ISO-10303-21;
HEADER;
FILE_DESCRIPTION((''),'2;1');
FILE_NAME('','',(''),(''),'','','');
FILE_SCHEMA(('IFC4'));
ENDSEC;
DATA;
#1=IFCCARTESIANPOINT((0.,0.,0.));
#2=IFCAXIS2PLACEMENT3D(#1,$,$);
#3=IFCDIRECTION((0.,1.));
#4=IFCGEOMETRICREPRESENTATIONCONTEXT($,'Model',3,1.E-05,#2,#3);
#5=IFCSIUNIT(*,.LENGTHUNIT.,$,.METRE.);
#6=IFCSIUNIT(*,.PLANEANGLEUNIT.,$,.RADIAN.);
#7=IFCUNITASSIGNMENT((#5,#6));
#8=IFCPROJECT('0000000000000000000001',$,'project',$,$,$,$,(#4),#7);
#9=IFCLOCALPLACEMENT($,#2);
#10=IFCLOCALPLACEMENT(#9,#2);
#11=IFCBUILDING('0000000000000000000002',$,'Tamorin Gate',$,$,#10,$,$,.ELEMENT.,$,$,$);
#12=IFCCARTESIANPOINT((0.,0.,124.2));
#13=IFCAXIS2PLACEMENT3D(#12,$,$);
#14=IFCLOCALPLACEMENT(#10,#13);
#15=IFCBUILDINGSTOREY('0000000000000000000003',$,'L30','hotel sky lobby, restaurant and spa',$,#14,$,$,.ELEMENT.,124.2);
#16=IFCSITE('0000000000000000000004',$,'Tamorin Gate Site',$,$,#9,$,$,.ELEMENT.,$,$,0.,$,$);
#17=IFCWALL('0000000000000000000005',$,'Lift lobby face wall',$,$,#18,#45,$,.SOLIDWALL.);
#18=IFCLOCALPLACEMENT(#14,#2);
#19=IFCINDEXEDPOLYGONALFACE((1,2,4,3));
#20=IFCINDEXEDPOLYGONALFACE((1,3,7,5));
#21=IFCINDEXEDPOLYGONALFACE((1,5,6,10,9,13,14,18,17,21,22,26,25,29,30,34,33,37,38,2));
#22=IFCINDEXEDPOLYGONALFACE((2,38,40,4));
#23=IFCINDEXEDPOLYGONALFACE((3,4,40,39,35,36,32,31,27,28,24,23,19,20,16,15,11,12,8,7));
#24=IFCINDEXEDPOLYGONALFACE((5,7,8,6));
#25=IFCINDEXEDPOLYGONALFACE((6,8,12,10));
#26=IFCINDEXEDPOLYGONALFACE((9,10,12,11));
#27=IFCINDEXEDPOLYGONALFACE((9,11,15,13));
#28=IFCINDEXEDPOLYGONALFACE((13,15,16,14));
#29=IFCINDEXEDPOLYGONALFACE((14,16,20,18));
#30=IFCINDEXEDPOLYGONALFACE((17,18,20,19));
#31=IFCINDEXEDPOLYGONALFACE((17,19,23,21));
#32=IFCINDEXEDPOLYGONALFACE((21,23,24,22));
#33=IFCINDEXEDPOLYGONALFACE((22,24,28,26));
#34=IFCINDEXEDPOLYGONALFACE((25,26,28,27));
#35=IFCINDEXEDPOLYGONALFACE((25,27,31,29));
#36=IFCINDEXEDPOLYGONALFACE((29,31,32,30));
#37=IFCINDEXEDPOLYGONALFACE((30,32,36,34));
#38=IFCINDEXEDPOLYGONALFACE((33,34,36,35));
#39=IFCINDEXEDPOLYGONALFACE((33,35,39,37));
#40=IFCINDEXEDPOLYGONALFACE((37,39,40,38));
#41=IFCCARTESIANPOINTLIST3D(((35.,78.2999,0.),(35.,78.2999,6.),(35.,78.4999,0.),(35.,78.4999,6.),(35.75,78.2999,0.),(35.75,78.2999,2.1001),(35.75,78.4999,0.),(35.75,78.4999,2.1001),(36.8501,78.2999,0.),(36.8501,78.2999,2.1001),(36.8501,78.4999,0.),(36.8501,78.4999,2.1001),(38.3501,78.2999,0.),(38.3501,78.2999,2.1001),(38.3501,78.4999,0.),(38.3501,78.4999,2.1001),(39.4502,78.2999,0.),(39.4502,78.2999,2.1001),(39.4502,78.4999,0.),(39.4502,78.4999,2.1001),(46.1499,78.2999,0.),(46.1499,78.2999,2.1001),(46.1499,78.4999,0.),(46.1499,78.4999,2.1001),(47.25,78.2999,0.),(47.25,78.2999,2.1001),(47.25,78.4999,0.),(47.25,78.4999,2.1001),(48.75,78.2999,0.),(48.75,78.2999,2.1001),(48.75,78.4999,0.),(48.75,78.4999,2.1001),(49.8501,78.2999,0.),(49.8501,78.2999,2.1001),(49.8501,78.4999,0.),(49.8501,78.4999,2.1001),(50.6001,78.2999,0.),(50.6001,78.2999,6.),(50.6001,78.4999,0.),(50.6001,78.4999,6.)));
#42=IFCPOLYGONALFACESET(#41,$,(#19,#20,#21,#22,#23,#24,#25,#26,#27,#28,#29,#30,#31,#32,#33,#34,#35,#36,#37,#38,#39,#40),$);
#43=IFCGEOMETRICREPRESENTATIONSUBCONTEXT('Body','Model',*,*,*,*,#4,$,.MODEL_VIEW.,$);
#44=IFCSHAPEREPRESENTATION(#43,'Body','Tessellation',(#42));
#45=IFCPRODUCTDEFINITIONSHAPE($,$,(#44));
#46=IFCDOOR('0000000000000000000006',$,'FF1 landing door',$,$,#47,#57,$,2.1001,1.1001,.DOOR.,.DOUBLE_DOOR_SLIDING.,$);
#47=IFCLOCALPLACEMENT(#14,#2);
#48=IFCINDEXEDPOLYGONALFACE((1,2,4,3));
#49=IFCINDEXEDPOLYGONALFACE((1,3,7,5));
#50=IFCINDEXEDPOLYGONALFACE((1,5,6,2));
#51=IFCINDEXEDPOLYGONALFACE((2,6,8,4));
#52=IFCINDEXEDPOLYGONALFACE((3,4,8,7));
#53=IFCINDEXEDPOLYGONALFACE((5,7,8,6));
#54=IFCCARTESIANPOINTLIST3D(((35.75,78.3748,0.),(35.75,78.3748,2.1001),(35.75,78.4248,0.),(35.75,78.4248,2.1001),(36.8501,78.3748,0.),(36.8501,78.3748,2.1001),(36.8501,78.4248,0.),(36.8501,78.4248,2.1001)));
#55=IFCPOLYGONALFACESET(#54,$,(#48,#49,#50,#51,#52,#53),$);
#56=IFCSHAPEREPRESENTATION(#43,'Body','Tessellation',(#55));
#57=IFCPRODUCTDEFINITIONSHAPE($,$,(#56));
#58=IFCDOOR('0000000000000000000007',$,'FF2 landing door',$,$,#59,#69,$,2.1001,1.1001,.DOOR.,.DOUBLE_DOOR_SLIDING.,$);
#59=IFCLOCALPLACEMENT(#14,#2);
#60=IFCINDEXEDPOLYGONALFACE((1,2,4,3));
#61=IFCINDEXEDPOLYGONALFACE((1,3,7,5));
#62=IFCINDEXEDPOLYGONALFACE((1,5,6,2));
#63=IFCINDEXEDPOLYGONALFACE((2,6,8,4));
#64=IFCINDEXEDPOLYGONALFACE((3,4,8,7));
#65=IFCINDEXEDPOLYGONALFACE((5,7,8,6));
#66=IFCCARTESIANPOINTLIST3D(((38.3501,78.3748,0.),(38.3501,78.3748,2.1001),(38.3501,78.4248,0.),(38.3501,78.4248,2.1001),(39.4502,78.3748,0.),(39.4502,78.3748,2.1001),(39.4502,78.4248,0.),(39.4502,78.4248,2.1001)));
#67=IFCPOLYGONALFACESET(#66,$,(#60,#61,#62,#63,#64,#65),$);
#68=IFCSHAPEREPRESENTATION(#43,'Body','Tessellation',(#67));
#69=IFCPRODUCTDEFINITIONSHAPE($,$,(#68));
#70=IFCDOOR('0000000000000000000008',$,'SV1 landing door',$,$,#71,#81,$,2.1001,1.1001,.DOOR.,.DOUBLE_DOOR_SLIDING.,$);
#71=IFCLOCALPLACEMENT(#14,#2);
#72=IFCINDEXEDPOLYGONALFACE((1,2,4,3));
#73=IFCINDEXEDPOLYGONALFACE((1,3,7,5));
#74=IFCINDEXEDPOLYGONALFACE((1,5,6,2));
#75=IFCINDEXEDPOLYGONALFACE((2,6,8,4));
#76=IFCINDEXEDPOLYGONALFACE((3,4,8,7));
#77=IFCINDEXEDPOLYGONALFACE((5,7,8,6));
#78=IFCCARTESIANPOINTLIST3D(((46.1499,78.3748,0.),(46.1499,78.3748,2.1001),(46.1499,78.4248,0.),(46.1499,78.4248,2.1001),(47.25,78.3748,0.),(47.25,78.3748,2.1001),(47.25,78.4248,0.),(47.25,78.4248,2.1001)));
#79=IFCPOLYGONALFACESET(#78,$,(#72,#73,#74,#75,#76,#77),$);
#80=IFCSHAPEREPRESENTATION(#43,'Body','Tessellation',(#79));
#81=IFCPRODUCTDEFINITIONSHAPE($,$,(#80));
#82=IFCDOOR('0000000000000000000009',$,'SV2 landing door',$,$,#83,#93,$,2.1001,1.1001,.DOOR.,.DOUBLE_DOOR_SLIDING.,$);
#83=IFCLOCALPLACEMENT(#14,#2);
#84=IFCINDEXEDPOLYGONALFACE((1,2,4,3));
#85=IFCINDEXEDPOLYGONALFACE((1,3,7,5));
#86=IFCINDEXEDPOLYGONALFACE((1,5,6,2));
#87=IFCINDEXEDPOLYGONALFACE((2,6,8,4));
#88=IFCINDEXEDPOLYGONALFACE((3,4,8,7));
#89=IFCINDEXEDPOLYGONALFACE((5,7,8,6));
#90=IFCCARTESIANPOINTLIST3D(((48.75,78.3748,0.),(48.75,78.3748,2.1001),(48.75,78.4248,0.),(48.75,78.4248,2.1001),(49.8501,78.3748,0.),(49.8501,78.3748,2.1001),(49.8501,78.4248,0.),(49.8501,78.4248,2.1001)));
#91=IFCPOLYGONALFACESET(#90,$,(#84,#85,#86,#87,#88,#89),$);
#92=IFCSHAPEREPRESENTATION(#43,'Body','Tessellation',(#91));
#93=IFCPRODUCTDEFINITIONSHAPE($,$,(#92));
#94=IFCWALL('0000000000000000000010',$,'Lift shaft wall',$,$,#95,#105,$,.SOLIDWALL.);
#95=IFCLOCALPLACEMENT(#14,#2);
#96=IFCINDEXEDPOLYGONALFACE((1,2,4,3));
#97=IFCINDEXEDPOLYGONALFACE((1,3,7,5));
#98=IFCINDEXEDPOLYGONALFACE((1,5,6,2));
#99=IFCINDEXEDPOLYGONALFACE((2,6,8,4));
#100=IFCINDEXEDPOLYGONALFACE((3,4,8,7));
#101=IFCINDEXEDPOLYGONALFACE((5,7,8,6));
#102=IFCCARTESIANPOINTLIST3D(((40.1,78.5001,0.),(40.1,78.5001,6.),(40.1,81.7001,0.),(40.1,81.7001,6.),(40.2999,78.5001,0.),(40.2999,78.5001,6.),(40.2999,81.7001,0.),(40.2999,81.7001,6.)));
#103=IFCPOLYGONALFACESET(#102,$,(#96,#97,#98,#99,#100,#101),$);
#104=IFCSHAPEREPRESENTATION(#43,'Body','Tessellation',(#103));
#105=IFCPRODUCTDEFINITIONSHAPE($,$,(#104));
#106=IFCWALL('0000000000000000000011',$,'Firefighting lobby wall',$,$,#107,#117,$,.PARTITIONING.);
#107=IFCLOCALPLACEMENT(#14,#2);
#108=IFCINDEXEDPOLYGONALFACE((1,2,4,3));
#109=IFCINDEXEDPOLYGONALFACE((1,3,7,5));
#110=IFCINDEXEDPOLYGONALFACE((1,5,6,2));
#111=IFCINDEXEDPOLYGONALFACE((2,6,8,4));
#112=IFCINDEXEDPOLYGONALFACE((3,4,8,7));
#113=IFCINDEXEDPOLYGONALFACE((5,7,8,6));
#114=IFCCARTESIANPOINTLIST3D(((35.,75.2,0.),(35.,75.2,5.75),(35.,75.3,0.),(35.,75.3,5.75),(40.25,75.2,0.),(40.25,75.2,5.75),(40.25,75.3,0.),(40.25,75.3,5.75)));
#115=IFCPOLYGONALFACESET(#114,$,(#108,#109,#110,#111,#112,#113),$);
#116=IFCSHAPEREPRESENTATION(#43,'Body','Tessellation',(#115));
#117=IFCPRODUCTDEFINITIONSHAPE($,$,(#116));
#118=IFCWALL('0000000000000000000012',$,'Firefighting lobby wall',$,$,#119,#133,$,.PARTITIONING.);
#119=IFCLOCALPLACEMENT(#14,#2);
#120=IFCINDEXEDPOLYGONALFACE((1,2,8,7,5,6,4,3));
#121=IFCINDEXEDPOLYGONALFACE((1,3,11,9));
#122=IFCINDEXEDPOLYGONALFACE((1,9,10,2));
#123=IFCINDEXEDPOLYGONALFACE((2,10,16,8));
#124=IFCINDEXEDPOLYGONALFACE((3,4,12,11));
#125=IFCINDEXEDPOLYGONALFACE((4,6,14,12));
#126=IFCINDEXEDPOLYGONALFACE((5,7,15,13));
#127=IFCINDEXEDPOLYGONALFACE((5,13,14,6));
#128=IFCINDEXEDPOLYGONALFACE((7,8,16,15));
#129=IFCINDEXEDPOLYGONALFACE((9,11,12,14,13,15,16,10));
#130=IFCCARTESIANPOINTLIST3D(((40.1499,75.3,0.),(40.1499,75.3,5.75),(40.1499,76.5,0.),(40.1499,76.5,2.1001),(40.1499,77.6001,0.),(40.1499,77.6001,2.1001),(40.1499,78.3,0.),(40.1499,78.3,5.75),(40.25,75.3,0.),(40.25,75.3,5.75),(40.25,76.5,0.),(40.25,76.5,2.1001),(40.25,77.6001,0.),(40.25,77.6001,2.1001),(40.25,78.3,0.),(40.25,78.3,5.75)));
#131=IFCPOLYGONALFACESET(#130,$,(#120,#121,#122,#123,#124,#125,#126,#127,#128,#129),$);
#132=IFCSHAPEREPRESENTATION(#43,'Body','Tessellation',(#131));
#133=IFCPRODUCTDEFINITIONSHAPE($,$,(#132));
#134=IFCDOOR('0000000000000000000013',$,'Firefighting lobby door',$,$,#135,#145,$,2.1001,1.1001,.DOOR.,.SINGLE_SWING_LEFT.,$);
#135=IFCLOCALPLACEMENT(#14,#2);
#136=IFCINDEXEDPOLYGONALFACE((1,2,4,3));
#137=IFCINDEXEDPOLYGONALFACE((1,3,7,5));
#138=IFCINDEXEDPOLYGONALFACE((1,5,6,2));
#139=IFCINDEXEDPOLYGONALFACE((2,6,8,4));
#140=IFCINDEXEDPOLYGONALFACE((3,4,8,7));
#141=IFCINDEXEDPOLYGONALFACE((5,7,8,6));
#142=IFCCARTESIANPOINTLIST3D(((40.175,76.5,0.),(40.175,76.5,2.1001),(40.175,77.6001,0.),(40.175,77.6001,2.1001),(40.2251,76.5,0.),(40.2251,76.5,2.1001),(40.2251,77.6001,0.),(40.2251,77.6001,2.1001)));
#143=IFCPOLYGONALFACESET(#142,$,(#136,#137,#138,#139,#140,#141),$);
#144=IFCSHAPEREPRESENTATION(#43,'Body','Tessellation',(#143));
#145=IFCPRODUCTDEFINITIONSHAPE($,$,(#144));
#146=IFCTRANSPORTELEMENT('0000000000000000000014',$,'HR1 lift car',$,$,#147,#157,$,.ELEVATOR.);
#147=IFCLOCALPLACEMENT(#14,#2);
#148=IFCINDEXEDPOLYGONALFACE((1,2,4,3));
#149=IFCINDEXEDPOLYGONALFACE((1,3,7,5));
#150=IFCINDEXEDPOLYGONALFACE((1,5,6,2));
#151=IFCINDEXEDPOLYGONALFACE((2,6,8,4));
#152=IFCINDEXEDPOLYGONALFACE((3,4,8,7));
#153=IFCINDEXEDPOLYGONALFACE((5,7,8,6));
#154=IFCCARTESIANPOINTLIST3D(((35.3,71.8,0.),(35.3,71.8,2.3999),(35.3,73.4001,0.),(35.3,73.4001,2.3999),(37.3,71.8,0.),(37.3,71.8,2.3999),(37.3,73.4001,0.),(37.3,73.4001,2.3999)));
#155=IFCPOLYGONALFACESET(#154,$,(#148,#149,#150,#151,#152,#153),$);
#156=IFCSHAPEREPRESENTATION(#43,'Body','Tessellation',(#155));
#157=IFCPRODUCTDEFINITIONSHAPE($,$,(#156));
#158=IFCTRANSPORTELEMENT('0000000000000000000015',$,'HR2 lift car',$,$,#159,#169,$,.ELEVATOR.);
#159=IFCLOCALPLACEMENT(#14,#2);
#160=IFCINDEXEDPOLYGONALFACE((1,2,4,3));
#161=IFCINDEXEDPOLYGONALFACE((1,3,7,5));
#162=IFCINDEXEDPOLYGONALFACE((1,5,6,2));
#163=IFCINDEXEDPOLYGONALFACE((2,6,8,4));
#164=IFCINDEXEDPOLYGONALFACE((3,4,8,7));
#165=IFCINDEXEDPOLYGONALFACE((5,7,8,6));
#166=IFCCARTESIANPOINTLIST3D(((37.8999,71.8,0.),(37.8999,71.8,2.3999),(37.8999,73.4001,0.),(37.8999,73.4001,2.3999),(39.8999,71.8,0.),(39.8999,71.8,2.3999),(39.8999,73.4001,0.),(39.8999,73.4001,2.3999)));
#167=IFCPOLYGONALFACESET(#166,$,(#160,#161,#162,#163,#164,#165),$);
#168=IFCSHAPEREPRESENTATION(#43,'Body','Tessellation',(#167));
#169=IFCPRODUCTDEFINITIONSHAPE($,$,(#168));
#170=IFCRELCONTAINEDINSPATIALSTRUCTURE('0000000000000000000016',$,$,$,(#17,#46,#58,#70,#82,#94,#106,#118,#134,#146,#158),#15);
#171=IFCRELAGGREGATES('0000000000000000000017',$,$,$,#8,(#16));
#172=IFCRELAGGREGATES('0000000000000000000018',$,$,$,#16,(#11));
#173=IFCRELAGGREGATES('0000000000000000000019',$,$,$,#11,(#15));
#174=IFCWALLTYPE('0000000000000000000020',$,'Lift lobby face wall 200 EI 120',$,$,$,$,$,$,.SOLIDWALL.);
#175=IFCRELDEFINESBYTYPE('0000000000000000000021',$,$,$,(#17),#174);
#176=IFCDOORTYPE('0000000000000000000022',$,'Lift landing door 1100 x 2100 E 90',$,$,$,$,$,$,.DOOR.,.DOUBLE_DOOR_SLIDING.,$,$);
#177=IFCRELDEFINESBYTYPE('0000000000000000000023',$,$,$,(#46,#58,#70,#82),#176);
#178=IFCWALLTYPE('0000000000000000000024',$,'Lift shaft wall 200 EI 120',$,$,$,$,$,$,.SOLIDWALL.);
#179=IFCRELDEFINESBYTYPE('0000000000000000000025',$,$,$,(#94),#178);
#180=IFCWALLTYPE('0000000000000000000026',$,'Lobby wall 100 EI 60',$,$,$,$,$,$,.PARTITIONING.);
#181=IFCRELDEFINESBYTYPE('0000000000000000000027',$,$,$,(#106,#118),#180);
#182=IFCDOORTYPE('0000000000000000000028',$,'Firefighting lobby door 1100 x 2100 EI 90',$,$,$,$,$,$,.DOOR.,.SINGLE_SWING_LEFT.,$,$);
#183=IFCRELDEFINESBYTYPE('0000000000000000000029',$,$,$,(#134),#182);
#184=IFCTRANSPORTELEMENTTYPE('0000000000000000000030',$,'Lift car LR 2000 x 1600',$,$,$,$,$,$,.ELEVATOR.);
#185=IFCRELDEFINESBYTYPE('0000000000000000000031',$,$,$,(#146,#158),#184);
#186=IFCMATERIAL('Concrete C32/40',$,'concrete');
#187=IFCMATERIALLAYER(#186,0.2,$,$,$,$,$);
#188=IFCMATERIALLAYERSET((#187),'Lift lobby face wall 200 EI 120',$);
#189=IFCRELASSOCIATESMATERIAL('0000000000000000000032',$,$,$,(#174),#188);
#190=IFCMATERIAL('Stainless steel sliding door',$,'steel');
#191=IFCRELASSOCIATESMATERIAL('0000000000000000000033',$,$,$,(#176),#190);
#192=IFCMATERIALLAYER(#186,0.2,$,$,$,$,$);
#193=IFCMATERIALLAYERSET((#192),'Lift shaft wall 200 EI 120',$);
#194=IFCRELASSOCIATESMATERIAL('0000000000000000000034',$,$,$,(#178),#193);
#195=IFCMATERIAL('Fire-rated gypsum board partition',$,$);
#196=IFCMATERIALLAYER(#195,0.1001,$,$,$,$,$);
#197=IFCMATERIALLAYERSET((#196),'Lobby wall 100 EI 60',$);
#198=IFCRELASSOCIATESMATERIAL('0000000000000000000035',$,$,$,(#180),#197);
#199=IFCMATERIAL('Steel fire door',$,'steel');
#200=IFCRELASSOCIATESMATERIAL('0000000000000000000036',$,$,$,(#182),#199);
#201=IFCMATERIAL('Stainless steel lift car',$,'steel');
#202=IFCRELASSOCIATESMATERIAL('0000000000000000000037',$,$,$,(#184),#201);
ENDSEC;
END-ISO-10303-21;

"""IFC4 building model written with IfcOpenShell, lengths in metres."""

from ifc_helpers import new_model, si_unit, direction, frame, frame_2d, origin, origin_2d, place, context, subcontext, project, spatial, rectangle, extrude, material, layer, layer_set, type_object, element, fill, save


model = new_model("IFC4")

# Units and contexts
model_context = context("Model", 3, precision=1e-05, world=origin(), true_north=direction((0.0, 1.0)))
body_context = subcontext(model_context, "Body", "Model", "MODEL_VIEW")
ifc_project = project(units=[si_unit("LENGTHUNIT", "METRE"), si_unit("PLANEANGLEUNIT", "RADIAN")], contexts=[model_context])

# Site, building, storey
site_placement = place(None, origin())
site = spatial("IfcSite", under=ifc_project, at=site_placement, Name="Tamorin Gate Site", CompositionType="ELEMENT", RefElevation=0.0)
building_placement = place(site_placement, origin())
building = spatial("IfcBuilding", under=site, at=building_placement, Name="Tamorin Gate", CompositionType="ELEMENT")
storey_placement = place(building_placement, frame((0.0, 0.0, 124.2)))
storey = spatial("IfcBuildingStorey", under=building, at=storey_placement, Name="L30", Description="hotel sky lobby, restaurant and spa", CompositionType="ELEMENT", Elevation=124.2)

# Wall, openings, doors
ifc_material_1 = material(Name="Concrete C32/40", Category="concrete")
ifc_layer_1 = layer(ifc_material_1, 0.2)
ifc_layer_set_1 = layer_set([ifc_layer_1], Name="Lift lobby face wall 200 EI 120")
wall_type_1 = type_object("IfcWallType", Name="Lift lobby face wall 200 EI 120", PredefinedType="SOLIDWALL", material=ifc_layer_set_1)
ifc_material_2 = material(Name="Stainless steel sliding door", Category="steel")
door_type_1 = type_object("IfcDoorType", Name="Lift landing door 1100 x 2100 E 90", OperationType="DOUBLE_DOOR_SLIDING", PredefinedType="DOOR", material=ifc_material_2)
wall_1_placement = place(storey_placement, frame((35.0, 78.3999, 0.0), z_axis=(0.0, 0.0, 1.0), x_axis=(1.0, 0.0, 0.0)))
wall_1 = element("IfcWall", 1, at=wall_1_placement, inside=storey, type_object=wall_type_1, Name="Lift lobby face wall", PredefinedType="SOLIDWALL", context=body_context, shape_type="SweptSolid", body=[
    extrude(rectangle(XDim=15.6001, YDim=0.2, at=frame_2d((7.8, 0.0))), origin(), (0.0, 0.0, 1.0), 6.0),
])
opening_1_placement = place(wall_1_placement, frame((0.75, 0.0, 0.0)))
opening_1 = element("IfcOpeningElement", 2, at=opening_1_placement, cuts=wall_1, PredefinedType="OPENING", context=body_context, shape_type="SweptSolid", body=[
    extrude(rectangle(XDim=1.1001, YDim=2.1001, at=frame_2d((0.55, 1.05))), frame((0.0, 0.1099, 0.0), z_axis=(0.0, -1.0, 0.0), x_axis=(1.0, 0.0, 0.0)), (0.0, 0.0, 1.0), 0.22),
])
opening_2_placement = place(wall_1_placement, frame((3.3501, 0.0, 0.0)))
opening_2 = element("IfcOpeningElement", 3, at=opening_2_placement, cuts=wall_1, PredefinedType="OPENING", context=body_context, shape_type="SweptSolid", body=[
    extrude(rectangle(XDim=1.1001, YDim=2.1001, at=frame_2d((0.55, 1.05))), frame((0.0, 0.1099, 0.0), z_axis=(0.0, -1.0, 0.0), x_axis=(1.0, 0.0, 0.0)), (0.0, 0.0, 1.0), 0.22),
])
opening_3_placement = place(wall_1_placement, frame((11.1499, 0.0, 0.0)))
opening_3 = element("IfcOpeningElement", 4, at=opening_3_placement, cuts=wall_1, PredefinedType="OPENING", context=body_context, shape_type="SweptSolid", body=[
    extrude(rectangle(XDim=1.1001, YDim=2.1001, at=frame_2d((0.55, 1.05))), frame((0.0, 0.1099, 0.0), z_axis=(0.0, -1.0, 0.0), x_axis=(1.0, 0.0, 0.0)), (0.0, 0.0, 1.0), 0.22),
])
opening_4_placement = place(wall_1_placement, frame((13.75, 0.0, 0.0)))
opening_4 = element("IfcOpeningElement", 5, at=opening_4_placement, cuts=wall_1, PredefinedType="OPENING", context=body_context, shape_type="SweptSolid", body=[
    extrude(rectangle(XDim=1.1001, YDim=2.1001, at=frame_2d((0.55, 1.05))), frame((0.0, 0.1099, 0.0), z_axis=(0.0, -1.0, 0.0), x_axis=(1.0, 0.0, 0.0)), (0.0, 0.0, 1.0), 0.22),
])
door_1_placement = place(opening_1_placement, origin())
door_1 = element("IfcDoor", 6, at=door_1_placement, inside=storey, type_object=door_type_1, Name="FF1 landing door", OperationType="DOUBLE_DOOR_SLIDING", OverallHeight=2.1001, OverallWidth=1.1001, PredefinedType="DOOR", context=body_context, shape_type="SweptSolid", body=[
    extrude(rectangle(XDim=1.1001, YDim=2.1001, at=frame_2d((0.55, 1.05))), frame((0.0, 0.0249, 0.0), z_axis=(0.0, -1.0, 0.0), x_axis=(1.0, 0.0, 0.0)), (0.0, 0.0, 1.0), 0.05),
])
fill(opening_1, door_1)
door_2_placement = place(opening_2_placement, origin())
door_2 = element("IfcDoor", 7, at=door_2_placement, inside=storey, type_object=door_type_1, Name="FF2 landing door", OperationType="DOUBLE_DOOR_SLIDING", OverallHeight=2.1001, OverallWidth=1.1001, PredefinedType="DOOR", context=body_context, shape_type="SweptSolid", body=[
    extrude(rectangle(XDim=1.1001, YDim=2.1001, at=frame_2d((0.55, 1.05))), frame((0.0, 0.0249, 0.0), z_axis=(0.0, -1.0, 0.0), x_axis=(1.0, 0.0, 0.0)), (0.0, 0.0, 1.0), 0.05),
])
fill(opening_2, door_2)
door_3_placement = place(opening_3_placement, origin())
door_3 = element("IfcDoor", 8, at=door_3_placement, inside=storey, type_object=door_type_1, Name="SV1 landing door", OperationType="DOUBLE_DOOR_SLIDING", OverallHeight=2.1001, OverallWidth=1.1001, PredefinedType="DOOR", context=body_context, shape_type="SweptSolid", body=[
    extrude(rectangle(XDim=1.1001, YDim=2.1001, at=frame_2d((0.55, 1.05))), frame((0.0, 0.0249, 0.0), z_axis=(0.0, -1.0, 0.0), x_axis=(1.0, 0.0, 0.0)), (0.0, 0.0, 1.0), 0.05),
])
fill(opening_3, door_3)
door_4_placement = place(opening_4_placement, origin())
door_4 = element("IfcDoor", 9, at=door_4_placement, inside=storey, type_object=door_type_1, Name="SV2 landing door", OperationType="DOUBLE_DOOR_SLIDING", OverallHeight=2.1001, OverallWidth=1.1001, PredefinedType="DOOR", context=body_context, shape_type="SweptSolid", body=[
    extrude(rectangle(XDim=1.1001, YDim=2.1001, at=frame_2d((0.55, 1.05))), frame((0.0, 0.0249, 0.0), z_axis=(0.0, -1.0, 0.0), x_axis=(1.0, 0.0, 0.0)), (0.0, 0.0, 1.0), 0.05),
])
fill(opening_4, door_4)

# Walls
ifc_layer_2 = layer(ifc_material_1, 0.2)
ifc_layer_set_2 = layer_set([ifc_layer_2], Name="Lift shaft wall 200 EI 120")
wall_type_2 = type_object("IfcWallType", Name="Lift shaft wall 200 EI 120", PredefinedType="SOLIDWALL", material=ifc_layer_set_2)
wall_2_placement = place(storey_placement, frame((40.2, 78.5, 0.0), z_axis=(0.0, 0.0, 1.0), x_axis=(0.0, 1.0, 0.0)))
element("IfcWall", 10, at=wall_2_placement, inside=storey, type_object=wall_type_2, Name="Lift shaft wall", PredefinedType="SOLIDWALL", context=body_context, shape_type="SweptSolid", body=[
    extrude(rectangle(XDim=3.2, YDim=0.2, at=frame_2d((1.6001, 0.0))), origin(), (0.0, 0.0, 1.0), 6.0),
])
ifc_material_3 = material(Name="Fire-rated gypsum board partition")
ifc_layer_3 = layer(ifc_material_3, 0.1001)
ifc_layer_set_3 = layer_set([ifc_layer_3], Name="Lobby wall 100 EI 60")
wall_type_3 = type_object("IfcWallType", Name="Lobby wall 100 EI 60", PredefinedType="PARTITIONING", material=ifc_layer_set_3)
wall_3_placement = place(storey_placement, frame((35.0, 75.25, 0.0), z_axis=(0.0, 0.0, 1.0), x_axis=(1.0, 0.0, 0.0)))
element("IfcWall", 11, at=wall_3_placement, inside=storey, type_object=wall_type_3, Name="Firefighting lobby wall", PredefinedType="PARTITIONING", context=body_context, shape_type="SweptSolid", body=[
    extrude(rectangle(XDim=5.25, YDim=0.1001, at=frame_2d((2.625, 0.0))), origin(), (0.0, 0.0, 1.0), 5.75),
])

# Wall, opening, door
wall_4_placement = place(storey_placement, frame((40.2, 75.3, 0.0), z_axis=(0.0, 0.0, 1.0), x_axis=(0.0, 1.0, 0.0)))
wall_4 = element("IfcWall", 12, at=wall_4_placement, inside=storey, type_object=wall_type_3, Name="Firefighting lobby wall", PredefinedType="PARTITIONING", context=body_context, shape_type="SweptSolid", body=[
    extrude(rectangle(XDim=3.0, YDim=0.1001, at=frame_2d((1.5, 0.0))), origin(), (0.0, 0.0, 1.0), 5.75),
])
opening_5_placement = place(wall_4_placement, frame((1.2, 0.0, 0.0)))
opening_5 = element("IfcOpeningElement", 13, at=opening_5_placement, cuts=wall_4, PredefinedType="OPENING", context=body_context, shape_type="SweptSolid", body=[
    extrude(rectangle(XDim=1.1001, YDim=2.1001, at=frame_2d((0.55, 1.05))), frame((0.0, 0.0601, 0.0), z_axis=(0.0, -1.0, 0.0), x_axis=(1.0, 0.0, 0.0)), (0.0, 0.0, 1.0), 0.1201),
])
ifc_material_4 = material(Name="Steel fire door", Category="steel")
door_type_2 = type_object("IfcDoorType", Name="Firefighting lobby door 1100 x 2100 EI 90", OperationType="SINGLE_SWING_LEFT", PredefinedType="DOOR", material=ifc_material_4)
door_5_placement = place(opening_5_placement, origin())
door_5 = element("IfcDoor", 14, at=door_5_placement, inside=storey, type_object=door_type_2, Name="Firefighting lobby door", OperationType="SINGLE_SWING_LEFT", OverallHeight=2.1001, OverallWidth=1.1001, PredefinedType="DOOR", context=body_context, shape_type="SweptSolid", body=[
    extrude(rectangle(XDim=1.1001, YDim=2.1001, at=frame_2d((0.55, 1.05))), frame((0.0, 0.0249, 0.0), z_axis=(0.0, -1.0, 0.0), x_axis=(1.0, 0.0, 0.0)), (0.0, 0.0, 1.0), 0.05),
])
fill(opening_5, door_5)

# Transport elements
ifc_material_5 = material(Name="Stainless steel lift car", Category="steel")
transport_element_type = type_object("IfcTransportElementType", Name="Lift car LR 2000 x 1600", PredefinedType="ELEVATOR", material=ifc_material_5)
for number, where, z_axis, x_axis, name in (
    (15, (36.3, 72.6001, 0.0), (0.0, 0.0, 1.0), (1.0, 0.0, 0.0), "HR1 lift car"),
    (16, (38.8999, 72.6001, 0.0), (0.0, 0.0, 1.0), (1.0, 0.0, 0.0), "HR2 lift car"),
):
    element("IfcTransportElement", number, at=place(storey_placement, frame(where, z_axis=z_axis, x_axis=x_axis)), inside=storey, type_object=transport_element_type, Name=name, PredefinedType="ELEVATOR", context=body_context, shape_type="SweptSolid", body=[
        extrude(rectangle(XDim=2.0, YDim=1.6001, at=origin_2d()), origin(), (0.0, 0.0, 1.0), 2.3999),
    ])

save(model, "model.ifc")
